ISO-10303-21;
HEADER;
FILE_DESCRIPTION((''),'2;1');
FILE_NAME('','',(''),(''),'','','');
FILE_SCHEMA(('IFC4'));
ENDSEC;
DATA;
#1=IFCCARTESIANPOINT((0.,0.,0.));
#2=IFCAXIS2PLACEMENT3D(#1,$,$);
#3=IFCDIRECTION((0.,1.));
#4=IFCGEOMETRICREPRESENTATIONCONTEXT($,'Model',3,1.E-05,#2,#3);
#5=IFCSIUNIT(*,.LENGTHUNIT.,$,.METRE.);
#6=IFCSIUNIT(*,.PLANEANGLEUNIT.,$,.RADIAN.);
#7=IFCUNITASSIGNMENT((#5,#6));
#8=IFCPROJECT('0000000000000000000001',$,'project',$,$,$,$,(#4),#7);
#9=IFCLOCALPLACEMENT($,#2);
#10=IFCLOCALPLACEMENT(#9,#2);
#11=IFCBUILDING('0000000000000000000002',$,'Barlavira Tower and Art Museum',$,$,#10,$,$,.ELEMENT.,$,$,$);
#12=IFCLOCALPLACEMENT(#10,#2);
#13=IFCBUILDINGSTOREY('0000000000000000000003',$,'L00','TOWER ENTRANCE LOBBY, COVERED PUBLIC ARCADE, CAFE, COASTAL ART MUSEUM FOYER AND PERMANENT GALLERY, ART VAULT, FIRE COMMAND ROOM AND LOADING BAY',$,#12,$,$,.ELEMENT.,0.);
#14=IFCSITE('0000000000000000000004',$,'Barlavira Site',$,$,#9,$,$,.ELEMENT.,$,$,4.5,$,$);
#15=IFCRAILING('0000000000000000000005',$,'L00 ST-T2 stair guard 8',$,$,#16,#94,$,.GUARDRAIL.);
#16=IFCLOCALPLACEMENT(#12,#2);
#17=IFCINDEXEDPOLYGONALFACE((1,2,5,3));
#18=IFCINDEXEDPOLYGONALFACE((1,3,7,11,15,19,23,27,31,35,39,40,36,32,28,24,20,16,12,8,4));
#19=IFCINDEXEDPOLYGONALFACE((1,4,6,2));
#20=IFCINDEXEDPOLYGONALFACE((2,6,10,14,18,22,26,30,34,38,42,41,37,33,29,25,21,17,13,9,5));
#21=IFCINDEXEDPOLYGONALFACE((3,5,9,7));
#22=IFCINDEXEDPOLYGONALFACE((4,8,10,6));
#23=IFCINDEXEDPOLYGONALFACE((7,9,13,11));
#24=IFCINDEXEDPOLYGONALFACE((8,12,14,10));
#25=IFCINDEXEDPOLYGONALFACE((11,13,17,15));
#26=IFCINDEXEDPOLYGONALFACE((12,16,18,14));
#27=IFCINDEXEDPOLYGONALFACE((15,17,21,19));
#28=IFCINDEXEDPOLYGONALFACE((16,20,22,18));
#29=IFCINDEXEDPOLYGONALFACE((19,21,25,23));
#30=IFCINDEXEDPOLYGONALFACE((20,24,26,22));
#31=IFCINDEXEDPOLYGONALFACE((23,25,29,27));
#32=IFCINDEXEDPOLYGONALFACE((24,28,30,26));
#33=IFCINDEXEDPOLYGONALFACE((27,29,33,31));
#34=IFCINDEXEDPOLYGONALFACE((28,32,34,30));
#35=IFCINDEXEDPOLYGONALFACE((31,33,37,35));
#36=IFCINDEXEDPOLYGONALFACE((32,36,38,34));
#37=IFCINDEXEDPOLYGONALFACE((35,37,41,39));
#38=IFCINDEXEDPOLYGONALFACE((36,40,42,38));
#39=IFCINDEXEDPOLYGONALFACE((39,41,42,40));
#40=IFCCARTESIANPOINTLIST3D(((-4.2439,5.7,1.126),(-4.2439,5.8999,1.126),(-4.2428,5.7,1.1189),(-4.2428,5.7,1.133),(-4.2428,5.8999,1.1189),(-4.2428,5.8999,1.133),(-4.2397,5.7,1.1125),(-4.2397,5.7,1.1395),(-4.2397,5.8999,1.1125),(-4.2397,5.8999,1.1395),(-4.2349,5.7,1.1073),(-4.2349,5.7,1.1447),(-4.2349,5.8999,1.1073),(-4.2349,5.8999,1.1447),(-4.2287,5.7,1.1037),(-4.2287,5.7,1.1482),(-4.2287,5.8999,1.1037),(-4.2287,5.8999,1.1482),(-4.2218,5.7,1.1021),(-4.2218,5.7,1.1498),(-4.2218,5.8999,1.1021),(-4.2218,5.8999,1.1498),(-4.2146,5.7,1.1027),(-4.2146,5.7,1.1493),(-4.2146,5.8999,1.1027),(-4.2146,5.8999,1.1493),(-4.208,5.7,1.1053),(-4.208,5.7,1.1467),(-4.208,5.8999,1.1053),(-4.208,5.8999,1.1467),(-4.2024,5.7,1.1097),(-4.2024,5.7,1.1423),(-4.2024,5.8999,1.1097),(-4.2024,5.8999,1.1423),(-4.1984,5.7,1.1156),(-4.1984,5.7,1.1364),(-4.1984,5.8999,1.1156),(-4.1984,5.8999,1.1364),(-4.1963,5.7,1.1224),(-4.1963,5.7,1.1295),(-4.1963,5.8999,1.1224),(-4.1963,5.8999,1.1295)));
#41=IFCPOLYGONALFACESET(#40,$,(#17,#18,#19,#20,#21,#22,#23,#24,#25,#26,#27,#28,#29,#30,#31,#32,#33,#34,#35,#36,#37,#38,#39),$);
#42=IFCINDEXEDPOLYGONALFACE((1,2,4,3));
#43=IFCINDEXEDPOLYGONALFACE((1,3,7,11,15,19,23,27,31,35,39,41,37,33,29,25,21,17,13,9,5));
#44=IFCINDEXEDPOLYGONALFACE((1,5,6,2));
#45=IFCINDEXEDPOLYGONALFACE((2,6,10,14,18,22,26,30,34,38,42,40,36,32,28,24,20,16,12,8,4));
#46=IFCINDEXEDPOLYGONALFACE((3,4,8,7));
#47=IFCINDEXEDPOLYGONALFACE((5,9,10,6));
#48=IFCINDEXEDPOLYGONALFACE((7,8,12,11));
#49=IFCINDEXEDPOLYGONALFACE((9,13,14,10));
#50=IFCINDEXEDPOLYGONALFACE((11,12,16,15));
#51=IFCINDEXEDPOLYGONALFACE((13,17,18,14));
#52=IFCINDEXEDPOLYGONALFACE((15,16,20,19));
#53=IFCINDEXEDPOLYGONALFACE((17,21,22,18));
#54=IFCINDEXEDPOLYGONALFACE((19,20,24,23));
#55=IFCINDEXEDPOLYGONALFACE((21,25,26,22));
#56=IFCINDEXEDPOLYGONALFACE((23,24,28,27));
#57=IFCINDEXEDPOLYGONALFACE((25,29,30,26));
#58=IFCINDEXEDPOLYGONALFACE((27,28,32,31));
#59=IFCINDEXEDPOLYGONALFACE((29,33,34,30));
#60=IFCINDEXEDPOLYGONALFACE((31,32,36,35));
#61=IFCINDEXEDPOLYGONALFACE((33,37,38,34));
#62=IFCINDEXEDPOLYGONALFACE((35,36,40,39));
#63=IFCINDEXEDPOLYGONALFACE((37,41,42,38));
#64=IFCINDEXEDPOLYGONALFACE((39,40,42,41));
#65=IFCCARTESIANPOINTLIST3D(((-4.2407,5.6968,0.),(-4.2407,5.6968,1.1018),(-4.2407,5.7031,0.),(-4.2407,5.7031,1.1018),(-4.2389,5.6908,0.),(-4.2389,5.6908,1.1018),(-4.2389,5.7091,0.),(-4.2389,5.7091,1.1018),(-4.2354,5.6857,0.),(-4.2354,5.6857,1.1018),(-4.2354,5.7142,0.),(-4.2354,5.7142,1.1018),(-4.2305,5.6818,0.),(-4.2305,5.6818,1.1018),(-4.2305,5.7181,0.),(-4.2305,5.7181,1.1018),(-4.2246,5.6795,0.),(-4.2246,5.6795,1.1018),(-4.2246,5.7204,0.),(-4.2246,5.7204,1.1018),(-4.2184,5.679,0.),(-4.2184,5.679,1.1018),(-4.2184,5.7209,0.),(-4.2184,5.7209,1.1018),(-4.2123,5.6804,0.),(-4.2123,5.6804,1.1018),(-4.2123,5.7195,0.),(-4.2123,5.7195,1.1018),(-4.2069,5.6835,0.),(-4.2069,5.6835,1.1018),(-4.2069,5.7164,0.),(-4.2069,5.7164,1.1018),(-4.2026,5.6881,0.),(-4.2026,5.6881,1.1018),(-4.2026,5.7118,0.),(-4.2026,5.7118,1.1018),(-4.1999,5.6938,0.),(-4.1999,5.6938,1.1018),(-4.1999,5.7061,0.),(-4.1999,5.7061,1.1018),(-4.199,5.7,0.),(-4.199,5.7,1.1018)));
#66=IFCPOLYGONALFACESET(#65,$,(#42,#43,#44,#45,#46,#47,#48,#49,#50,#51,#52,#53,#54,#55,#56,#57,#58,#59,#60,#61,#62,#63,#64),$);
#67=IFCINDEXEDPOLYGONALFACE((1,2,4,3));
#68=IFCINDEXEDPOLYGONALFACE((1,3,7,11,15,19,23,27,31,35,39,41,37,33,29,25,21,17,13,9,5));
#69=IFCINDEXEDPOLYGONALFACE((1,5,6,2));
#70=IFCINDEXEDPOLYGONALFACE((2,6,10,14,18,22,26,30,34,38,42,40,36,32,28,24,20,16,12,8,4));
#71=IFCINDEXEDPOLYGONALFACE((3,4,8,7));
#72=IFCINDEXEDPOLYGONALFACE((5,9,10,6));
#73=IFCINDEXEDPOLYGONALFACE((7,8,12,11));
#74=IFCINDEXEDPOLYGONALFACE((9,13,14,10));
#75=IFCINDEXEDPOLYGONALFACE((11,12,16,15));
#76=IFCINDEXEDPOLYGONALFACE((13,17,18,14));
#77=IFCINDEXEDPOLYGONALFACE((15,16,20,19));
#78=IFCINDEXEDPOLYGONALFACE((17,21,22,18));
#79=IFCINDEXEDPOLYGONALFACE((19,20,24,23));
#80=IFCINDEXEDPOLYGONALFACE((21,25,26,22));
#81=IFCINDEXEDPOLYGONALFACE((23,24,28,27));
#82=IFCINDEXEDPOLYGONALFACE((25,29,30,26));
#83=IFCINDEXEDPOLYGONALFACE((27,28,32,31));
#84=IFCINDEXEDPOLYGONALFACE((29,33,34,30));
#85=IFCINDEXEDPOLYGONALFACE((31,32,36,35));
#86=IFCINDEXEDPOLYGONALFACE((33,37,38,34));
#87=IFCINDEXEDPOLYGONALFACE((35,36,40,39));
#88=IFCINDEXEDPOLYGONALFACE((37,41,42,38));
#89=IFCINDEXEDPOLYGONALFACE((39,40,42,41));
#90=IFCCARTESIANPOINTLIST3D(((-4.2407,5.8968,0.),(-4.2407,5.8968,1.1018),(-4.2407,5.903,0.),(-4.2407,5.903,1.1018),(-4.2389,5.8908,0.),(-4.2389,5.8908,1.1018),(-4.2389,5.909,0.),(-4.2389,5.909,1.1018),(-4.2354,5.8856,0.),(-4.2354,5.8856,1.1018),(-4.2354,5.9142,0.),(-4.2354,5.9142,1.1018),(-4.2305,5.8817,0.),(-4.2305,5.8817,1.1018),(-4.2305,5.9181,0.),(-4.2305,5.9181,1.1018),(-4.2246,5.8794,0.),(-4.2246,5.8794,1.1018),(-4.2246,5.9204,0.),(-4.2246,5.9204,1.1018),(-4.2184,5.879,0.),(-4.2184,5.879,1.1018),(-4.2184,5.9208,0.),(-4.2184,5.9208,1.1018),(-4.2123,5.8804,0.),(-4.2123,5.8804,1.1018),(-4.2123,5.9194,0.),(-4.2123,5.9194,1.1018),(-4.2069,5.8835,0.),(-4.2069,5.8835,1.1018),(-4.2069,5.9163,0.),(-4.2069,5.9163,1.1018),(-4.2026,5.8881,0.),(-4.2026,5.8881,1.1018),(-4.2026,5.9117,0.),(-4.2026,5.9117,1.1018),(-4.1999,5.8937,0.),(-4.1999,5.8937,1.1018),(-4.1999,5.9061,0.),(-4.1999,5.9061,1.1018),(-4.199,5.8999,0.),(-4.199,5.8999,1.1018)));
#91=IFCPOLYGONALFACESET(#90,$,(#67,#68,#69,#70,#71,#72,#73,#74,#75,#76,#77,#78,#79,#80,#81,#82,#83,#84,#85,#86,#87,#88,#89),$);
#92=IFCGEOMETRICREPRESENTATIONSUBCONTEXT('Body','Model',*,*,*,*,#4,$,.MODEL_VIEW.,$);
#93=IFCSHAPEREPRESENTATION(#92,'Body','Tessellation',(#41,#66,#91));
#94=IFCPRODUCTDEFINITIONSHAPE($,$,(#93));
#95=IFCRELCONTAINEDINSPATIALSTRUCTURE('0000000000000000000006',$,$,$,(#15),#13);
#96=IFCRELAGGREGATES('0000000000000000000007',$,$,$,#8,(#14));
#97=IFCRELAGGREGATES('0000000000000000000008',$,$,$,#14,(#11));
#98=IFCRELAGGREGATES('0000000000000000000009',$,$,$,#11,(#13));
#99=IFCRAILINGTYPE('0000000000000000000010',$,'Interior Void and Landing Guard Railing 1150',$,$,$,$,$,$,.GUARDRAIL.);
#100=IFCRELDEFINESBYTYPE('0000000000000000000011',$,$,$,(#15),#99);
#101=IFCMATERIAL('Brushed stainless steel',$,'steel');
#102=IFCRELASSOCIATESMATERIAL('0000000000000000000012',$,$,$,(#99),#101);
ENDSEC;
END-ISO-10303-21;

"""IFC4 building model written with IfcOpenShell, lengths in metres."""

from ifc_helpers import new_model, si_unit, direction, frame, origin, origin_2d, place, context, subcontext, project, spatial, circle, extrude, material, type_object, element, save


model = new_model("IFC4")

# Units and contexts
model_context = context("Model", 3, precision=1e-05, world=origin(), true_north=direction((0.0, 1.0)))
body_context = subcontext(model_context, "Body", "Model", "MODEL_VIEW")
ifc_project = project(units=[si_unit("LENGTHUNIT", "METRE"), si_unit("PLANEANGLEUNIT", "RADIAN")], contexts=[model_context])

# Site, building, storey
site_placement = place(None, origin())
site = spatial("IfcSite", under=ifc_project, at=site_placement, Name="Barlavira Site", CompositionType="ELEMENT", RefElevation=4.5)
building_placement = place(site_placement, origin())
building = spatial("IfcBuilding", under=site, at=building_placement, Name="Barlavira Tower and Art Museum", CompositionType="ELEMENT")
storey_placement = place(building_placement, origin())
storey = spatial("IfcBuildingStorey", under=building, at=storey_placement, Name="L00", Description="TOWER ENTRANCE LOBBY, COVERED PUBLIC ARCADE, CAFE, COASTAL ART MUSEUM FOYER AND PERMANENT GALLERY, ART VAULT, FIRE COMMAND ROOM AND LOADING BAY", CompositionType="ELEMENT", Elevation=0.0)

# Shared definitions
ifc_material_1 = material(Name="Brushed stainless steel", Category="steel")

# Railing
railing_type_1 = type_object("IfcRailingType", Name="Interior Void and Landing Guard Railing 1150", PredefinedType="GUARDRAIL", material=ifc_material_1)
railing_1_placement = place(storey_placement, frame((-4.22, 5.7, 0.0)))
element("IfcRailing", 1, at=railing_1_placement, inside=storey, type_object=railing_type_1, Name="L00 ST-T2 stair guard 8", PredefinedType="GUARDRAIL", context=body_context, shape_type="SweptSolid", body=[
    extrude(circle(Radius=0.0239, at=origin_2d()), frame((0.0, 0.0, 1.126), z_axis=(0.0, 1.0, 0.0), x_axis=(-1.0, 0.0, 0.0)), (0.0, 0.0, 1.0), 0.2),
    extrude(circle(Radius=0.021, at=origin_2d()), origin(), (0.0, 0.0, 1.0), 1.1018),
    extrude(circle(Radius=0.021, at=origin_2d()), frame((0.0, 0.2, 0.0)), (0.0, 0.0, 1.0), 1.1018),
])

save(model, "model.ifc")
